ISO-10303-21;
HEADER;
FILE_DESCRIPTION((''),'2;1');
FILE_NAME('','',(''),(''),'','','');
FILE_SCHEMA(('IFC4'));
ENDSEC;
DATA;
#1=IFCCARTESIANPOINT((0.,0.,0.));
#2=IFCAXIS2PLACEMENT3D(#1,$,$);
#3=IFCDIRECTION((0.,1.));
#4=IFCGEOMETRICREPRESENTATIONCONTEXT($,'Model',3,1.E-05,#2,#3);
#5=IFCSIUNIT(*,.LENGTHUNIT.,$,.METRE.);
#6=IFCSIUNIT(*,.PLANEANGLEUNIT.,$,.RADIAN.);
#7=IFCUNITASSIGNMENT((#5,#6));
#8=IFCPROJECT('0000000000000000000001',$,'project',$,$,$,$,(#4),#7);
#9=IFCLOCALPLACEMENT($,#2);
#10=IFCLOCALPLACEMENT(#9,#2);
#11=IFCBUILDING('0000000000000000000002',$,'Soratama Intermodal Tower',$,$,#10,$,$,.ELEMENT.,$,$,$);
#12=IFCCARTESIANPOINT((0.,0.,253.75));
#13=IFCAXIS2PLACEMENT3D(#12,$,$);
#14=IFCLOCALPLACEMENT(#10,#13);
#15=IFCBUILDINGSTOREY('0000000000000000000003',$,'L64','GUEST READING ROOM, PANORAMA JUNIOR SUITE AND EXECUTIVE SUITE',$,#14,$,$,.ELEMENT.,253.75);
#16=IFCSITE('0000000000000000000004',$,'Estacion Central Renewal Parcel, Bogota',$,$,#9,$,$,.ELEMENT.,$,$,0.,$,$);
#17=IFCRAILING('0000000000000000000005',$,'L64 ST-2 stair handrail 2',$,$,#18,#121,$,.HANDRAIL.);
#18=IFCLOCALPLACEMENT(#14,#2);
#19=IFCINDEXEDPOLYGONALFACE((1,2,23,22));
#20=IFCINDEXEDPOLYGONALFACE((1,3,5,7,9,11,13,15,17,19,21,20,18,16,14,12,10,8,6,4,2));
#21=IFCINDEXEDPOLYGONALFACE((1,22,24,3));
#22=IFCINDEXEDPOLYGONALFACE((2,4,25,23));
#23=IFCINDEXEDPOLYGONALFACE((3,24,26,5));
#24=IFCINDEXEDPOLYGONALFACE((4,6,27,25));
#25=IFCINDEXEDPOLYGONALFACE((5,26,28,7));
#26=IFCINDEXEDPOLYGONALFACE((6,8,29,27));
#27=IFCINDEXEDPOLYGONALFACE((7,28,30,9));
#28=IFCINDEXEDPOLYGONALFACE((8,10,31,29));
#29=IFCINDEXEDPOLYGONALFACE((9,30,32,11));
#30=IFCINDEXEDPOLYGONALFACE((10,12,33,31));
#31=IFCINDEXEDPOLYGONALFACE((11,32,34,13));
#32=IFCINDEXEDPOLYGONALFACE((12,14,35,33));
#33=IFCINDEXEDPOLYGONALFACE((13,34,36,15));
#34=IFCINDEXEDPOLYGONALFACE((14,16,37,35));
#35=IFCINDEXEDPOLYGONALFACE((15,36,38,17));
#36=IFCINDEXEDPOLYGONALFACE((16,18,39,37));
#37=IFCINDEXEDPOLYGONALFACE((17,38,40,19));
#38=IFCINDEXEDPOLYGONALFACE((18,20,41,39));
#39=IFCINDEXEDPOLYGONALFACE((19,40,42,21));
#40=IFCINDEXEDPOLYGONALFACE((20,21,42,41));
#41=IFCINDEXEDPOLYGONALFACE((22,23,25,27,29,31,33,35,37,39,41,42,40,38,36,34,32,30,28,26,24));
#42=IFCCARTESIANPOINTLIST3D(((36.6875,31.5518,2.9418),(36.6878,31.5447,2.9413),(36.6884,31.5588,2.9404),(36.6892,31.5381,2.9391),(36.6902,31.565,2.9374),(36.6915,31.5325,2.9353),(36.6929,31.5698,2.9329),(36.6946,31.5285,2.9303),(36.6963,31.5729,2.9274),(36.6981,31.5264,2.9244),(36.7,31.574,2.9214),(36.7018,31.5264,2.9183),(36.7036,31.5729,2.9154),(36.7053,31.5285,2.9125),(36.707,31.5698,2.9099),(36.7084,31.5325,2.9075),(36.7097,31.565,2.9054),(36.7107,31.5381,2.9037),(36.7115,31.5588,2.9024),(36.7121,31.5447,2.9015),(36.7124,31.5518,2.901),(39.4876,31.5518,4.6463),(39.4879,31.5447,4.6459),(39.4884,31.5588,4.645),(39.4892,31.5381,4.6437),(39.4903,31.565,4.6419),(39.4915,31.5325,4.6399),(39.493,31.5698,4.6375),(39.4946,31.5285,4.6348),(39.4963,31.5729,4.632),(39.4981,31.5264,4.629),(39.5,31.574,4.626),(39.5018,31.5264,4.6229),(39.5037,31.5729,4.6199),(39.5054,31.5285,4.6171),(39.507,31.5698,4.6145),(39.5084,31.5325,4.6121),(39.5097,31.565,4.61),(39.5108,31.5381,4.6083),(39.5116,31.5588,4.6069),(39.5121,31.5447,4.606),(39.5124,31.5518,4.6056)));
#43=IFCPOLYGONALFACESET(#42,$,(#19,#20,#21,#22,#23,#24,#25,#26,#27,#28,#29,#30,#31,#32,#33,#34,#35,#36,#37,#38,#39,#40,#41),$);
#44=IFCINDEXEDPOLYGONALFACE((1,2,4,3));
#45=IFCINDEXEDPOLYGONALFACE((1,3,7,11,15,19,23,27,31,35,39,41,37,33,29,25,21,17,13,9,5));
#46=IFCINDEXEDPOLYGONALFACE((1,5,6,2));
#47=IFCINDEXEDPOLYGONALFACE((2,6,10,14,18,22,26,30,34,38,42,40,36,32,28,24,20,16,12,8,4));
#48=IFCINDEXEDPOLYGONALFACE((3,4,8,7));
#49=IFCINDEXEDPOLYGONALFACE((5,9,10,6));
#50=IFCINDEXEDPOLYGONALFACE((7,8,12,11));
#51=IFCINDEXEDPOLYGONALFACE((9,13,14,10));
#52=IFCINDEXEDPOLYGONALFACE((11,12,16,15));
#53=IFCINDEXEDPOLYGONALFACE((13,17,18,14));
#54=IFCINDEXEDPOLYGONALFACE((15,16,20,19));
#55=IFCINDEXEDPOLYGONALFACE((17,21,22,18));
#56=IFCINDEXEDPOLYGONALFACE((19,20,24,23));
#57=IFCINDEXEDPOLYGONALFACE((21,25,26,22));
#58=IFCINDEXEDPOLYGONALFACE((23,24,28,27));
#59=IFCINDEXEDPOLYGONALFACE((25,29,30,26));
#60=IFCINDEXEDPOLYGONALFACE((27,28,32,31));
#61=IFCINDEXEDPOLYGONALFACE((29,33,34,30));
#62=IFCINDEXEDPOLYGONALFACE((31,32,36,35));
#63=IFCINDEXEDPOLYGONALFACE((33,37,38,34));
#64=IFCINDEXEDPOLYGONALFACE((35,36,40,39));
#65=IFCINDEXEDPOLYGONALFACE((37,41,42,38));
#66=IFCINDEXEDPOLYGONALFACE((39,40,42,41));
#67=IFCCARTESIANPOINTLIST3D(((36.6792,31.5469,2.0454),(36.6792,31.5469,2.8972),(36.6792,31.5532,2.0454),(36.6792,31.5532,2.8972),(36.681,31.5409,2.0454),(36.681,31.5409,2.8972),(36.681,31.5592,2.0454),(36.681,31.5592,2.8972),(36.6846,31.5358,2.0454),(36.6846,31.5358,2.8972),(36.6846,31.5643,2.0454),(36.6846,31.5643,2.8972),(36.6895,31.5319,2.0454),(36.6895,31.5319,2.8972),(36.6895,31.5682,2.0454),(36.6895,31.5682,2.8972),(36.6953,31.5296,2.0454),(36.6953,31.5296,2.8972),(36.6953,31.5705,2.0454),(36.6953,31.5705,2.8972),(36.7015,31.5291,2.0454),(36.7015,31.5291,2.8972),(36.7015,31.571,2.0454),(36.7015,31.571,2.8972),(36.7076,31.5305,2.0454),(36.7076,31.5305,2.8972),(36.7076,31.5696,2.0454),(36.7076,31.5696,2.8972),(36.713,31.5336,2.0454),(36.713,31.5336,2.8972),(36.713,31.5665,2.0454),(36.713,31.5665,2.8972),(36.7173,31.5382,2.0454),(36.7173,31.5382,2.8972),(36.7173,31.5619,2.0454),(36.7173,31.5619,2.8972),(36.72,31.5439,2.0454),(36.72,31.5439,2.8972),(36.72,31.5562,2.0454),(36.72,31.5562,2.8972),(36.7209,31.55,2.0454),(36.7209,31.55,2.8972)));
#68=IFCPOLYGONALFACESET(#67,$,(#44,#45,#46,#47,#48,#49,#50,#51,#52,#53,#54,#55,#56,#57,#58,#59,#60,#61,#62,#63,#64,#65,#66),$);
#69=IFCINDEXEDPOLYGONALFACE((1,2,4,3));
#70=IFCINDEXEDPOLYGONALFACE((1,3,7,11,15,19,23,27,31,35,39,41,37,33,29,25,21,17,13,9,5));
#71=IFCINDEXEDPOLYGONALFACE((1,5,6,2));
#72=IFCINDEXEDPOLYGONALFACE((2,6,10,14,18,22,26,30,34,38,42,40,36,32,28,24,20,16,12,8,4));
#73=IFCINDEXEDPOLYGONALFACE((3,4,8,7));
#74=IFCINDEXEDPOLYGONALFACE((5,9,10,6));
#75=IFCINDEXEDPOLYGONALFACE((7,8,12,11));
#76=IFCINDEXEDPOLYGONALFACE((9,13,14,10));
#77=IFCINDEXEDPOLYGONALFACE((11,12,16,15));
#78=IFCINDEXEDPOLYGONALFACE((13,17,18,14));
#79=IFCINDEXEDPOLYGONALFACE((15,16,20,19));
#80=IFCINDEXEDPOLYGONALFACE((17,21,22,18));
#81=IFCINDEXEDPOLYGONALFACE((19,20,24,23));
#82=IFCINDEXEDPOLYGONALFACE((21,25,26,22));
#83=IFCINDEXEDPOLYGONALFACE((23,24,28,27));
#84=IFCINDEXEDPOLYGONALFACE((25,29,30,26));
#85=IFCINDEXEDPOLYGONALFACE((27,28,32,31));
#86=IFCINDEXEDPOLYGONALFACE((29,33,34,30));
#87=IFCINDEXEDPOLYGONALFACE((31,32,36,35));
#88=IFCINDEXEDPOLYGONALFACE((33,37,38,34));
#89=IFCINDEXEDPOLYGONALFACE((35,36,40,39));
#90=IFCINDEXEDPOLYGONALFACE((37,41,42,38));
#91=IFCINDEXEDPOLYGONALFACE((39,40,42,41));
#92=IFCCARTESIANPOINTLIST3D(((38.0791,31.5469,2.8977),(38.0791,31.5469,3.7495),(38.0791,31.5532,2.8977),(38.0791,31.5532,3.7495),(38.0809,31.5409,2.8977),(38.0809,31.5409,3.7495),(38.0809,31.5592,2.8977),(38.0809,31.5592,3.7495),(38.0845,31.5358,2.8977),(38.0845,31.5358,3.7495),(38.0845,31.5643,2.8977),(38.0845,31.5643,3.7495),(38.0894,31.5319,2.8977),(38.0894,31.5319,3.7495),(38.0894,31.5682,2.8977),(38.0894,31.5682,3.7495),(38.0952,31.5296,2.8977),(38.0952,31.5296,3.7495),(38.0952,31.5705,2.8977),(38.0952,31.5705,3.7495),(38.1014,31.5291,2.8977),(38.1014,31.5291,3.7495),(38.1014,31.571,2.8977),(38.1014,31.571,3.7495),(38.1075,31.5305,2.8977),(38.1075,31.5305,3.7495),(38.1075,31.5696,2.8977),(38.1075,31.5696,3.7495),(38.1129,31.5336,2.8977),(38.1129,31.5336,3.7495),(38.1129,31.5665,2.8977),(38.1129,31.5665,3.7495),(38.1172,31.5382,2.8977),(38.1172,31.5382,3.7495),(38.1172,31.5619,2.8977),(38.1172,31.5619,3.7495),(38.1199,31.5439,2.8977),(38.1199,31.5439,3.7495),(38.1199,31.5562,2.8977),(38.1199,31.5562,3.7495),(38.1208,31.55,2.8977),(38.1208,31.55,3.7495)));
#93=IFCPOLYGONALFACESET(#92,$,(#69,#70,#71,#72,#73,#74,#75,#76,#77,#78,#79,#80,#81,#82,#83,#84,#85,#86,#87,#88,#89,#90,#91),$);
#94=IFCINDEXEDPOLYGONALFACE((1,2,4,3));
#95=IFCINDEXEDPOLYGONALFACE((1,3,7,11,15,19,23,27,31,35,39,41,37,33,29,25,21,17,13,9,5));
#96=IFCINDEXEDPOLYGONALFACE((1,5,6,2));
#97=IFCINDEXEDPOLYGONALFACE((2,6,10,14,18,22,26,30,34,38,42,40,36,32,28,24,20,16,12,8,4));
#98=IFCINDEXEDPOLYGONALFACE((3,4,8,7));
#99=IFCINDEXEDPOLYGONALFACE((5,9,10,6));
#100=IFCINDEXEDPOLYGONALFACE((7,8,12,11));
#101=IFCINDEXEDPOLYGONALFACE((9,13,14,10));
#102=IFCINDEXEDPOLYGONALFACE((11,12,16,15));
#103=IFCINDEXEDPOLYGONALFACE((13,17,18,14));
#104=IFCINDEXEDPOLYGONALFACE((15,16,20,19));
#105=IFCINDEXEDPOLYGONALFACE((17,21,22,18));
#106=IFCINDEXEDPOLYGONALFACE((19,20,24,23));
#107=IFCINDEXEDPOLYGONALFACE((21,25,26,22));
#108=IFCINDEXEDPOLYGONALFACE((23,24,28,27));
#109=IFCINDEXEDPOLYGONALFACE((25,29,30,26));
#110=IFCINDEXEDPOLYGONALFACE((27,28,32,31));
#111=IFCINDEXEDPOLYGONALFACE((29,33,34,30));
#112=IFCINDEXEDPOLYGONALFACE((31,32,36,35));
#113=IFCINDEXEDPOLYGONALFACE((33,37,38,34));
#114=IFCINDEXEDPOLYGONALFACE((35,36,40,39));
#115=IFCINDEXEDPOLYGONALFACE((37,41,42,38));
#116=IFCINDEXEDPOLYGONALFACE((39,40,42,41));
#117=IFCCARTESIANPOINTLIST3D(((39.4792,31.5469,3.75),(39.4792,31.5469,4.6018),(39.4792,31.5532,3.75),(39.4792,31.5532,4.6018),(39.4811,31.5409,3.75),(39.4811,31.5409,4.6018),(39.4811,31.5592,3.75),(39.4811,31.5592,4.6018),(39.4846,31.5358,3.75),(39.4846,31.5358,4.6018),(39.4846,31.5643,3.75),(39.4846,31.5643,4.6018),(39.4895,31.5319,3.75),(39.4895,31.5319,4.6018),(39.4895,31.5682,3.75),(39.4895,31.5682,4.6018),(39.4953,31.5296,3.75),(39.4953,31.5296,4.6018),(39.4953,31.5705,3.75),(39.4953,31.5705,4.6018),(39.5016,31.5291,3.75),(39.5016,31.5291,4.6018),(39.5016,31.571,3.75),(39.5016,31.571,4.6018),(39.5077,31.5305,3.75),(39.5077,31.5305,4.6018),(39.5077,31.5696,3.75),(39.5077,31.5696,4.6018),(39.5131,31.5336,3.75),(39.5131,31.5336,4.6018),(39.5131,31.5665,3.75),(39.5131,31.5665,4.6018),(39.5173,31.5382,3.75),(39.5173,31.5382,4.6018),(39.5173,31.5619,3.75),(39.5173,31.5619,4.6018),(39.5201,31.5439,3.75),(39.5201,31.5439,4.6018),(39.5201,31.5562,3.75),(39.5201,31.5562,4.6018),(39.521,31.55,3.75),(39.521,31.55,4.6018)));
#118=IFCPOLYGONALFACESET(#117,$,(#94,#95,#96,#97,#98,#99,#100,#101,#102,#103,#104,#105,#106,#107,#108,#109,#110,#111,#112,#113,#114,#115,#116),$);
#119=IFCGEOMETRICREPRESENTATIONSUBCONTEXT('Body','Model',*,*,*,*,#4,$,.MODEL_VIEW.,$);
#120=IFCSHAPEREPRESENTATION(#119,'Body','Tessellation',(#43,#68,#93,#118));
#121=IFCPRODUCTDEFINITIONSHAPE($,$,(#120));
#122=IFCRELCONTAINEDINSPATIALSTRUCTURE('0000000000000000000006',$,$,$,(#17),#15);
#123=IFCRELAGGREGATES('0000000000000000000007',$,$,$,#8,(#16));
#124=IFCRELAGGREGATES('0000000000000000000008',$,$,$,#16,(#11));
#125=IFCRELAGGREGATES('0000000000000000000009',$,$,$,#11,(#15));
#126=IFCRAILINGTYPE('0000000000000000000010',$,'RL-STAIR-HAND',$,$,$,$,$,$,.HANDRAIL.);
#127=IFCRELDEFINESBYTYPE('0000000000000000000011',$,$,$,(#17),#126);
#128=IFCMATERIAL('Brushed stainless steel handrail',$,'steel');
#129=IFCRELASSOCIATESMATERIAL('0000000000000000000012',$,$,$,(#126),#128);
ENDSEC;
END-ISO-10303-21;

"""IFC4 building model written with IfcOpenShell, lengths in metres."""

from ifc_helpers import new_model, si_unit, direction, frame, origin, origin_2d, place, context, subcontext, project, spatial, circle, extrude, material, type_object, element, save


model = new_model("IFC4")

# Units and contexts
model_context = context("Model", 3, precision=1e-05, world=origin(), true_north=direction((0.0, 1.0)))
body_context = subcontext(model_context, "Body", "Model", "MODEL_VIEW")
ifc_project = project(units=[si_unit("LENGTHUNIT", "METRE"), si_unit("PLANEANGLEUNIT", "RADIAN")], contexts=[model_context])

# Site, building, storey
site_placement = place(None, origin())
site = spatial("IfcSite", under=ifc_project, at=site_placement, Name="Estacion Central Renewal Parcel, Bogota", CompositionType="ELEMENT", RefElevation=0.0)
building_placement = place(site_placement, origin())
building = spatial("IfcBuilding", under=site, at=building_placement, Name="Soratama Intermodal Tower", CompositionType="ELEMENT")
storey_placement = place(building_placement, frame((0.0, 0.0, 253.75)))
storey = spatial("IfcBuildingStorey", under=building, at=storey_placement, Name="L64", Description="GUEST READING ROOM, PANORAMA JUNIOR SUITE AND EXECUTIVE SUITE", CompositionType="ELEMENT", Elevation=253.75)

# Railing
ifc_material_1 = material(Name="Brushed stainless steel handrail", Category="steel")
railing_type_1 = type_object("IfcRailingType", Name="RL-STAIR-HAND", PredefinedType="HANDRAIL", material=ifc_material_1)
railing_1_placement = place(storey_placement, frame((36.7, 31.55, 2.0454)))
element("IfcRailing", 1, at=railing_1_placement, inside=storey, type_object=railing_type_1, Name="L64 ST-2 stair handrail 2", PredefinedType="HANDRAIL", context=body_context, shape_type="SweptSolid", body=[
    extrude(circle(Radius=0.0239, at=origin_2d()), frame((0.0, 0.0, 0.876), z_axis=(0.85417, 0.0, 0.519994), x_axis=(0.0, 1.0, 0.0)), (0.0, 0.0, 1.0), 3.2781),
    extrude(circle(Radius=0.021, at=origin_2d()), origin(), (0.0, 0.0, 1.0), 0.8518),
    extrude(circle(Radius=0.021, at=origin_2d()), frame((1.3999, 0.0, 0.8523)), (0.0, 0.0, 1.0), 0.8518),
    extrude(circle(Radius=0.021, at=origin_2d()), frame((2.8, 0.0, 1.7046)), (0.0, 0.0, 1.0), 0.8518),
])

save(model, "model.ifc")
